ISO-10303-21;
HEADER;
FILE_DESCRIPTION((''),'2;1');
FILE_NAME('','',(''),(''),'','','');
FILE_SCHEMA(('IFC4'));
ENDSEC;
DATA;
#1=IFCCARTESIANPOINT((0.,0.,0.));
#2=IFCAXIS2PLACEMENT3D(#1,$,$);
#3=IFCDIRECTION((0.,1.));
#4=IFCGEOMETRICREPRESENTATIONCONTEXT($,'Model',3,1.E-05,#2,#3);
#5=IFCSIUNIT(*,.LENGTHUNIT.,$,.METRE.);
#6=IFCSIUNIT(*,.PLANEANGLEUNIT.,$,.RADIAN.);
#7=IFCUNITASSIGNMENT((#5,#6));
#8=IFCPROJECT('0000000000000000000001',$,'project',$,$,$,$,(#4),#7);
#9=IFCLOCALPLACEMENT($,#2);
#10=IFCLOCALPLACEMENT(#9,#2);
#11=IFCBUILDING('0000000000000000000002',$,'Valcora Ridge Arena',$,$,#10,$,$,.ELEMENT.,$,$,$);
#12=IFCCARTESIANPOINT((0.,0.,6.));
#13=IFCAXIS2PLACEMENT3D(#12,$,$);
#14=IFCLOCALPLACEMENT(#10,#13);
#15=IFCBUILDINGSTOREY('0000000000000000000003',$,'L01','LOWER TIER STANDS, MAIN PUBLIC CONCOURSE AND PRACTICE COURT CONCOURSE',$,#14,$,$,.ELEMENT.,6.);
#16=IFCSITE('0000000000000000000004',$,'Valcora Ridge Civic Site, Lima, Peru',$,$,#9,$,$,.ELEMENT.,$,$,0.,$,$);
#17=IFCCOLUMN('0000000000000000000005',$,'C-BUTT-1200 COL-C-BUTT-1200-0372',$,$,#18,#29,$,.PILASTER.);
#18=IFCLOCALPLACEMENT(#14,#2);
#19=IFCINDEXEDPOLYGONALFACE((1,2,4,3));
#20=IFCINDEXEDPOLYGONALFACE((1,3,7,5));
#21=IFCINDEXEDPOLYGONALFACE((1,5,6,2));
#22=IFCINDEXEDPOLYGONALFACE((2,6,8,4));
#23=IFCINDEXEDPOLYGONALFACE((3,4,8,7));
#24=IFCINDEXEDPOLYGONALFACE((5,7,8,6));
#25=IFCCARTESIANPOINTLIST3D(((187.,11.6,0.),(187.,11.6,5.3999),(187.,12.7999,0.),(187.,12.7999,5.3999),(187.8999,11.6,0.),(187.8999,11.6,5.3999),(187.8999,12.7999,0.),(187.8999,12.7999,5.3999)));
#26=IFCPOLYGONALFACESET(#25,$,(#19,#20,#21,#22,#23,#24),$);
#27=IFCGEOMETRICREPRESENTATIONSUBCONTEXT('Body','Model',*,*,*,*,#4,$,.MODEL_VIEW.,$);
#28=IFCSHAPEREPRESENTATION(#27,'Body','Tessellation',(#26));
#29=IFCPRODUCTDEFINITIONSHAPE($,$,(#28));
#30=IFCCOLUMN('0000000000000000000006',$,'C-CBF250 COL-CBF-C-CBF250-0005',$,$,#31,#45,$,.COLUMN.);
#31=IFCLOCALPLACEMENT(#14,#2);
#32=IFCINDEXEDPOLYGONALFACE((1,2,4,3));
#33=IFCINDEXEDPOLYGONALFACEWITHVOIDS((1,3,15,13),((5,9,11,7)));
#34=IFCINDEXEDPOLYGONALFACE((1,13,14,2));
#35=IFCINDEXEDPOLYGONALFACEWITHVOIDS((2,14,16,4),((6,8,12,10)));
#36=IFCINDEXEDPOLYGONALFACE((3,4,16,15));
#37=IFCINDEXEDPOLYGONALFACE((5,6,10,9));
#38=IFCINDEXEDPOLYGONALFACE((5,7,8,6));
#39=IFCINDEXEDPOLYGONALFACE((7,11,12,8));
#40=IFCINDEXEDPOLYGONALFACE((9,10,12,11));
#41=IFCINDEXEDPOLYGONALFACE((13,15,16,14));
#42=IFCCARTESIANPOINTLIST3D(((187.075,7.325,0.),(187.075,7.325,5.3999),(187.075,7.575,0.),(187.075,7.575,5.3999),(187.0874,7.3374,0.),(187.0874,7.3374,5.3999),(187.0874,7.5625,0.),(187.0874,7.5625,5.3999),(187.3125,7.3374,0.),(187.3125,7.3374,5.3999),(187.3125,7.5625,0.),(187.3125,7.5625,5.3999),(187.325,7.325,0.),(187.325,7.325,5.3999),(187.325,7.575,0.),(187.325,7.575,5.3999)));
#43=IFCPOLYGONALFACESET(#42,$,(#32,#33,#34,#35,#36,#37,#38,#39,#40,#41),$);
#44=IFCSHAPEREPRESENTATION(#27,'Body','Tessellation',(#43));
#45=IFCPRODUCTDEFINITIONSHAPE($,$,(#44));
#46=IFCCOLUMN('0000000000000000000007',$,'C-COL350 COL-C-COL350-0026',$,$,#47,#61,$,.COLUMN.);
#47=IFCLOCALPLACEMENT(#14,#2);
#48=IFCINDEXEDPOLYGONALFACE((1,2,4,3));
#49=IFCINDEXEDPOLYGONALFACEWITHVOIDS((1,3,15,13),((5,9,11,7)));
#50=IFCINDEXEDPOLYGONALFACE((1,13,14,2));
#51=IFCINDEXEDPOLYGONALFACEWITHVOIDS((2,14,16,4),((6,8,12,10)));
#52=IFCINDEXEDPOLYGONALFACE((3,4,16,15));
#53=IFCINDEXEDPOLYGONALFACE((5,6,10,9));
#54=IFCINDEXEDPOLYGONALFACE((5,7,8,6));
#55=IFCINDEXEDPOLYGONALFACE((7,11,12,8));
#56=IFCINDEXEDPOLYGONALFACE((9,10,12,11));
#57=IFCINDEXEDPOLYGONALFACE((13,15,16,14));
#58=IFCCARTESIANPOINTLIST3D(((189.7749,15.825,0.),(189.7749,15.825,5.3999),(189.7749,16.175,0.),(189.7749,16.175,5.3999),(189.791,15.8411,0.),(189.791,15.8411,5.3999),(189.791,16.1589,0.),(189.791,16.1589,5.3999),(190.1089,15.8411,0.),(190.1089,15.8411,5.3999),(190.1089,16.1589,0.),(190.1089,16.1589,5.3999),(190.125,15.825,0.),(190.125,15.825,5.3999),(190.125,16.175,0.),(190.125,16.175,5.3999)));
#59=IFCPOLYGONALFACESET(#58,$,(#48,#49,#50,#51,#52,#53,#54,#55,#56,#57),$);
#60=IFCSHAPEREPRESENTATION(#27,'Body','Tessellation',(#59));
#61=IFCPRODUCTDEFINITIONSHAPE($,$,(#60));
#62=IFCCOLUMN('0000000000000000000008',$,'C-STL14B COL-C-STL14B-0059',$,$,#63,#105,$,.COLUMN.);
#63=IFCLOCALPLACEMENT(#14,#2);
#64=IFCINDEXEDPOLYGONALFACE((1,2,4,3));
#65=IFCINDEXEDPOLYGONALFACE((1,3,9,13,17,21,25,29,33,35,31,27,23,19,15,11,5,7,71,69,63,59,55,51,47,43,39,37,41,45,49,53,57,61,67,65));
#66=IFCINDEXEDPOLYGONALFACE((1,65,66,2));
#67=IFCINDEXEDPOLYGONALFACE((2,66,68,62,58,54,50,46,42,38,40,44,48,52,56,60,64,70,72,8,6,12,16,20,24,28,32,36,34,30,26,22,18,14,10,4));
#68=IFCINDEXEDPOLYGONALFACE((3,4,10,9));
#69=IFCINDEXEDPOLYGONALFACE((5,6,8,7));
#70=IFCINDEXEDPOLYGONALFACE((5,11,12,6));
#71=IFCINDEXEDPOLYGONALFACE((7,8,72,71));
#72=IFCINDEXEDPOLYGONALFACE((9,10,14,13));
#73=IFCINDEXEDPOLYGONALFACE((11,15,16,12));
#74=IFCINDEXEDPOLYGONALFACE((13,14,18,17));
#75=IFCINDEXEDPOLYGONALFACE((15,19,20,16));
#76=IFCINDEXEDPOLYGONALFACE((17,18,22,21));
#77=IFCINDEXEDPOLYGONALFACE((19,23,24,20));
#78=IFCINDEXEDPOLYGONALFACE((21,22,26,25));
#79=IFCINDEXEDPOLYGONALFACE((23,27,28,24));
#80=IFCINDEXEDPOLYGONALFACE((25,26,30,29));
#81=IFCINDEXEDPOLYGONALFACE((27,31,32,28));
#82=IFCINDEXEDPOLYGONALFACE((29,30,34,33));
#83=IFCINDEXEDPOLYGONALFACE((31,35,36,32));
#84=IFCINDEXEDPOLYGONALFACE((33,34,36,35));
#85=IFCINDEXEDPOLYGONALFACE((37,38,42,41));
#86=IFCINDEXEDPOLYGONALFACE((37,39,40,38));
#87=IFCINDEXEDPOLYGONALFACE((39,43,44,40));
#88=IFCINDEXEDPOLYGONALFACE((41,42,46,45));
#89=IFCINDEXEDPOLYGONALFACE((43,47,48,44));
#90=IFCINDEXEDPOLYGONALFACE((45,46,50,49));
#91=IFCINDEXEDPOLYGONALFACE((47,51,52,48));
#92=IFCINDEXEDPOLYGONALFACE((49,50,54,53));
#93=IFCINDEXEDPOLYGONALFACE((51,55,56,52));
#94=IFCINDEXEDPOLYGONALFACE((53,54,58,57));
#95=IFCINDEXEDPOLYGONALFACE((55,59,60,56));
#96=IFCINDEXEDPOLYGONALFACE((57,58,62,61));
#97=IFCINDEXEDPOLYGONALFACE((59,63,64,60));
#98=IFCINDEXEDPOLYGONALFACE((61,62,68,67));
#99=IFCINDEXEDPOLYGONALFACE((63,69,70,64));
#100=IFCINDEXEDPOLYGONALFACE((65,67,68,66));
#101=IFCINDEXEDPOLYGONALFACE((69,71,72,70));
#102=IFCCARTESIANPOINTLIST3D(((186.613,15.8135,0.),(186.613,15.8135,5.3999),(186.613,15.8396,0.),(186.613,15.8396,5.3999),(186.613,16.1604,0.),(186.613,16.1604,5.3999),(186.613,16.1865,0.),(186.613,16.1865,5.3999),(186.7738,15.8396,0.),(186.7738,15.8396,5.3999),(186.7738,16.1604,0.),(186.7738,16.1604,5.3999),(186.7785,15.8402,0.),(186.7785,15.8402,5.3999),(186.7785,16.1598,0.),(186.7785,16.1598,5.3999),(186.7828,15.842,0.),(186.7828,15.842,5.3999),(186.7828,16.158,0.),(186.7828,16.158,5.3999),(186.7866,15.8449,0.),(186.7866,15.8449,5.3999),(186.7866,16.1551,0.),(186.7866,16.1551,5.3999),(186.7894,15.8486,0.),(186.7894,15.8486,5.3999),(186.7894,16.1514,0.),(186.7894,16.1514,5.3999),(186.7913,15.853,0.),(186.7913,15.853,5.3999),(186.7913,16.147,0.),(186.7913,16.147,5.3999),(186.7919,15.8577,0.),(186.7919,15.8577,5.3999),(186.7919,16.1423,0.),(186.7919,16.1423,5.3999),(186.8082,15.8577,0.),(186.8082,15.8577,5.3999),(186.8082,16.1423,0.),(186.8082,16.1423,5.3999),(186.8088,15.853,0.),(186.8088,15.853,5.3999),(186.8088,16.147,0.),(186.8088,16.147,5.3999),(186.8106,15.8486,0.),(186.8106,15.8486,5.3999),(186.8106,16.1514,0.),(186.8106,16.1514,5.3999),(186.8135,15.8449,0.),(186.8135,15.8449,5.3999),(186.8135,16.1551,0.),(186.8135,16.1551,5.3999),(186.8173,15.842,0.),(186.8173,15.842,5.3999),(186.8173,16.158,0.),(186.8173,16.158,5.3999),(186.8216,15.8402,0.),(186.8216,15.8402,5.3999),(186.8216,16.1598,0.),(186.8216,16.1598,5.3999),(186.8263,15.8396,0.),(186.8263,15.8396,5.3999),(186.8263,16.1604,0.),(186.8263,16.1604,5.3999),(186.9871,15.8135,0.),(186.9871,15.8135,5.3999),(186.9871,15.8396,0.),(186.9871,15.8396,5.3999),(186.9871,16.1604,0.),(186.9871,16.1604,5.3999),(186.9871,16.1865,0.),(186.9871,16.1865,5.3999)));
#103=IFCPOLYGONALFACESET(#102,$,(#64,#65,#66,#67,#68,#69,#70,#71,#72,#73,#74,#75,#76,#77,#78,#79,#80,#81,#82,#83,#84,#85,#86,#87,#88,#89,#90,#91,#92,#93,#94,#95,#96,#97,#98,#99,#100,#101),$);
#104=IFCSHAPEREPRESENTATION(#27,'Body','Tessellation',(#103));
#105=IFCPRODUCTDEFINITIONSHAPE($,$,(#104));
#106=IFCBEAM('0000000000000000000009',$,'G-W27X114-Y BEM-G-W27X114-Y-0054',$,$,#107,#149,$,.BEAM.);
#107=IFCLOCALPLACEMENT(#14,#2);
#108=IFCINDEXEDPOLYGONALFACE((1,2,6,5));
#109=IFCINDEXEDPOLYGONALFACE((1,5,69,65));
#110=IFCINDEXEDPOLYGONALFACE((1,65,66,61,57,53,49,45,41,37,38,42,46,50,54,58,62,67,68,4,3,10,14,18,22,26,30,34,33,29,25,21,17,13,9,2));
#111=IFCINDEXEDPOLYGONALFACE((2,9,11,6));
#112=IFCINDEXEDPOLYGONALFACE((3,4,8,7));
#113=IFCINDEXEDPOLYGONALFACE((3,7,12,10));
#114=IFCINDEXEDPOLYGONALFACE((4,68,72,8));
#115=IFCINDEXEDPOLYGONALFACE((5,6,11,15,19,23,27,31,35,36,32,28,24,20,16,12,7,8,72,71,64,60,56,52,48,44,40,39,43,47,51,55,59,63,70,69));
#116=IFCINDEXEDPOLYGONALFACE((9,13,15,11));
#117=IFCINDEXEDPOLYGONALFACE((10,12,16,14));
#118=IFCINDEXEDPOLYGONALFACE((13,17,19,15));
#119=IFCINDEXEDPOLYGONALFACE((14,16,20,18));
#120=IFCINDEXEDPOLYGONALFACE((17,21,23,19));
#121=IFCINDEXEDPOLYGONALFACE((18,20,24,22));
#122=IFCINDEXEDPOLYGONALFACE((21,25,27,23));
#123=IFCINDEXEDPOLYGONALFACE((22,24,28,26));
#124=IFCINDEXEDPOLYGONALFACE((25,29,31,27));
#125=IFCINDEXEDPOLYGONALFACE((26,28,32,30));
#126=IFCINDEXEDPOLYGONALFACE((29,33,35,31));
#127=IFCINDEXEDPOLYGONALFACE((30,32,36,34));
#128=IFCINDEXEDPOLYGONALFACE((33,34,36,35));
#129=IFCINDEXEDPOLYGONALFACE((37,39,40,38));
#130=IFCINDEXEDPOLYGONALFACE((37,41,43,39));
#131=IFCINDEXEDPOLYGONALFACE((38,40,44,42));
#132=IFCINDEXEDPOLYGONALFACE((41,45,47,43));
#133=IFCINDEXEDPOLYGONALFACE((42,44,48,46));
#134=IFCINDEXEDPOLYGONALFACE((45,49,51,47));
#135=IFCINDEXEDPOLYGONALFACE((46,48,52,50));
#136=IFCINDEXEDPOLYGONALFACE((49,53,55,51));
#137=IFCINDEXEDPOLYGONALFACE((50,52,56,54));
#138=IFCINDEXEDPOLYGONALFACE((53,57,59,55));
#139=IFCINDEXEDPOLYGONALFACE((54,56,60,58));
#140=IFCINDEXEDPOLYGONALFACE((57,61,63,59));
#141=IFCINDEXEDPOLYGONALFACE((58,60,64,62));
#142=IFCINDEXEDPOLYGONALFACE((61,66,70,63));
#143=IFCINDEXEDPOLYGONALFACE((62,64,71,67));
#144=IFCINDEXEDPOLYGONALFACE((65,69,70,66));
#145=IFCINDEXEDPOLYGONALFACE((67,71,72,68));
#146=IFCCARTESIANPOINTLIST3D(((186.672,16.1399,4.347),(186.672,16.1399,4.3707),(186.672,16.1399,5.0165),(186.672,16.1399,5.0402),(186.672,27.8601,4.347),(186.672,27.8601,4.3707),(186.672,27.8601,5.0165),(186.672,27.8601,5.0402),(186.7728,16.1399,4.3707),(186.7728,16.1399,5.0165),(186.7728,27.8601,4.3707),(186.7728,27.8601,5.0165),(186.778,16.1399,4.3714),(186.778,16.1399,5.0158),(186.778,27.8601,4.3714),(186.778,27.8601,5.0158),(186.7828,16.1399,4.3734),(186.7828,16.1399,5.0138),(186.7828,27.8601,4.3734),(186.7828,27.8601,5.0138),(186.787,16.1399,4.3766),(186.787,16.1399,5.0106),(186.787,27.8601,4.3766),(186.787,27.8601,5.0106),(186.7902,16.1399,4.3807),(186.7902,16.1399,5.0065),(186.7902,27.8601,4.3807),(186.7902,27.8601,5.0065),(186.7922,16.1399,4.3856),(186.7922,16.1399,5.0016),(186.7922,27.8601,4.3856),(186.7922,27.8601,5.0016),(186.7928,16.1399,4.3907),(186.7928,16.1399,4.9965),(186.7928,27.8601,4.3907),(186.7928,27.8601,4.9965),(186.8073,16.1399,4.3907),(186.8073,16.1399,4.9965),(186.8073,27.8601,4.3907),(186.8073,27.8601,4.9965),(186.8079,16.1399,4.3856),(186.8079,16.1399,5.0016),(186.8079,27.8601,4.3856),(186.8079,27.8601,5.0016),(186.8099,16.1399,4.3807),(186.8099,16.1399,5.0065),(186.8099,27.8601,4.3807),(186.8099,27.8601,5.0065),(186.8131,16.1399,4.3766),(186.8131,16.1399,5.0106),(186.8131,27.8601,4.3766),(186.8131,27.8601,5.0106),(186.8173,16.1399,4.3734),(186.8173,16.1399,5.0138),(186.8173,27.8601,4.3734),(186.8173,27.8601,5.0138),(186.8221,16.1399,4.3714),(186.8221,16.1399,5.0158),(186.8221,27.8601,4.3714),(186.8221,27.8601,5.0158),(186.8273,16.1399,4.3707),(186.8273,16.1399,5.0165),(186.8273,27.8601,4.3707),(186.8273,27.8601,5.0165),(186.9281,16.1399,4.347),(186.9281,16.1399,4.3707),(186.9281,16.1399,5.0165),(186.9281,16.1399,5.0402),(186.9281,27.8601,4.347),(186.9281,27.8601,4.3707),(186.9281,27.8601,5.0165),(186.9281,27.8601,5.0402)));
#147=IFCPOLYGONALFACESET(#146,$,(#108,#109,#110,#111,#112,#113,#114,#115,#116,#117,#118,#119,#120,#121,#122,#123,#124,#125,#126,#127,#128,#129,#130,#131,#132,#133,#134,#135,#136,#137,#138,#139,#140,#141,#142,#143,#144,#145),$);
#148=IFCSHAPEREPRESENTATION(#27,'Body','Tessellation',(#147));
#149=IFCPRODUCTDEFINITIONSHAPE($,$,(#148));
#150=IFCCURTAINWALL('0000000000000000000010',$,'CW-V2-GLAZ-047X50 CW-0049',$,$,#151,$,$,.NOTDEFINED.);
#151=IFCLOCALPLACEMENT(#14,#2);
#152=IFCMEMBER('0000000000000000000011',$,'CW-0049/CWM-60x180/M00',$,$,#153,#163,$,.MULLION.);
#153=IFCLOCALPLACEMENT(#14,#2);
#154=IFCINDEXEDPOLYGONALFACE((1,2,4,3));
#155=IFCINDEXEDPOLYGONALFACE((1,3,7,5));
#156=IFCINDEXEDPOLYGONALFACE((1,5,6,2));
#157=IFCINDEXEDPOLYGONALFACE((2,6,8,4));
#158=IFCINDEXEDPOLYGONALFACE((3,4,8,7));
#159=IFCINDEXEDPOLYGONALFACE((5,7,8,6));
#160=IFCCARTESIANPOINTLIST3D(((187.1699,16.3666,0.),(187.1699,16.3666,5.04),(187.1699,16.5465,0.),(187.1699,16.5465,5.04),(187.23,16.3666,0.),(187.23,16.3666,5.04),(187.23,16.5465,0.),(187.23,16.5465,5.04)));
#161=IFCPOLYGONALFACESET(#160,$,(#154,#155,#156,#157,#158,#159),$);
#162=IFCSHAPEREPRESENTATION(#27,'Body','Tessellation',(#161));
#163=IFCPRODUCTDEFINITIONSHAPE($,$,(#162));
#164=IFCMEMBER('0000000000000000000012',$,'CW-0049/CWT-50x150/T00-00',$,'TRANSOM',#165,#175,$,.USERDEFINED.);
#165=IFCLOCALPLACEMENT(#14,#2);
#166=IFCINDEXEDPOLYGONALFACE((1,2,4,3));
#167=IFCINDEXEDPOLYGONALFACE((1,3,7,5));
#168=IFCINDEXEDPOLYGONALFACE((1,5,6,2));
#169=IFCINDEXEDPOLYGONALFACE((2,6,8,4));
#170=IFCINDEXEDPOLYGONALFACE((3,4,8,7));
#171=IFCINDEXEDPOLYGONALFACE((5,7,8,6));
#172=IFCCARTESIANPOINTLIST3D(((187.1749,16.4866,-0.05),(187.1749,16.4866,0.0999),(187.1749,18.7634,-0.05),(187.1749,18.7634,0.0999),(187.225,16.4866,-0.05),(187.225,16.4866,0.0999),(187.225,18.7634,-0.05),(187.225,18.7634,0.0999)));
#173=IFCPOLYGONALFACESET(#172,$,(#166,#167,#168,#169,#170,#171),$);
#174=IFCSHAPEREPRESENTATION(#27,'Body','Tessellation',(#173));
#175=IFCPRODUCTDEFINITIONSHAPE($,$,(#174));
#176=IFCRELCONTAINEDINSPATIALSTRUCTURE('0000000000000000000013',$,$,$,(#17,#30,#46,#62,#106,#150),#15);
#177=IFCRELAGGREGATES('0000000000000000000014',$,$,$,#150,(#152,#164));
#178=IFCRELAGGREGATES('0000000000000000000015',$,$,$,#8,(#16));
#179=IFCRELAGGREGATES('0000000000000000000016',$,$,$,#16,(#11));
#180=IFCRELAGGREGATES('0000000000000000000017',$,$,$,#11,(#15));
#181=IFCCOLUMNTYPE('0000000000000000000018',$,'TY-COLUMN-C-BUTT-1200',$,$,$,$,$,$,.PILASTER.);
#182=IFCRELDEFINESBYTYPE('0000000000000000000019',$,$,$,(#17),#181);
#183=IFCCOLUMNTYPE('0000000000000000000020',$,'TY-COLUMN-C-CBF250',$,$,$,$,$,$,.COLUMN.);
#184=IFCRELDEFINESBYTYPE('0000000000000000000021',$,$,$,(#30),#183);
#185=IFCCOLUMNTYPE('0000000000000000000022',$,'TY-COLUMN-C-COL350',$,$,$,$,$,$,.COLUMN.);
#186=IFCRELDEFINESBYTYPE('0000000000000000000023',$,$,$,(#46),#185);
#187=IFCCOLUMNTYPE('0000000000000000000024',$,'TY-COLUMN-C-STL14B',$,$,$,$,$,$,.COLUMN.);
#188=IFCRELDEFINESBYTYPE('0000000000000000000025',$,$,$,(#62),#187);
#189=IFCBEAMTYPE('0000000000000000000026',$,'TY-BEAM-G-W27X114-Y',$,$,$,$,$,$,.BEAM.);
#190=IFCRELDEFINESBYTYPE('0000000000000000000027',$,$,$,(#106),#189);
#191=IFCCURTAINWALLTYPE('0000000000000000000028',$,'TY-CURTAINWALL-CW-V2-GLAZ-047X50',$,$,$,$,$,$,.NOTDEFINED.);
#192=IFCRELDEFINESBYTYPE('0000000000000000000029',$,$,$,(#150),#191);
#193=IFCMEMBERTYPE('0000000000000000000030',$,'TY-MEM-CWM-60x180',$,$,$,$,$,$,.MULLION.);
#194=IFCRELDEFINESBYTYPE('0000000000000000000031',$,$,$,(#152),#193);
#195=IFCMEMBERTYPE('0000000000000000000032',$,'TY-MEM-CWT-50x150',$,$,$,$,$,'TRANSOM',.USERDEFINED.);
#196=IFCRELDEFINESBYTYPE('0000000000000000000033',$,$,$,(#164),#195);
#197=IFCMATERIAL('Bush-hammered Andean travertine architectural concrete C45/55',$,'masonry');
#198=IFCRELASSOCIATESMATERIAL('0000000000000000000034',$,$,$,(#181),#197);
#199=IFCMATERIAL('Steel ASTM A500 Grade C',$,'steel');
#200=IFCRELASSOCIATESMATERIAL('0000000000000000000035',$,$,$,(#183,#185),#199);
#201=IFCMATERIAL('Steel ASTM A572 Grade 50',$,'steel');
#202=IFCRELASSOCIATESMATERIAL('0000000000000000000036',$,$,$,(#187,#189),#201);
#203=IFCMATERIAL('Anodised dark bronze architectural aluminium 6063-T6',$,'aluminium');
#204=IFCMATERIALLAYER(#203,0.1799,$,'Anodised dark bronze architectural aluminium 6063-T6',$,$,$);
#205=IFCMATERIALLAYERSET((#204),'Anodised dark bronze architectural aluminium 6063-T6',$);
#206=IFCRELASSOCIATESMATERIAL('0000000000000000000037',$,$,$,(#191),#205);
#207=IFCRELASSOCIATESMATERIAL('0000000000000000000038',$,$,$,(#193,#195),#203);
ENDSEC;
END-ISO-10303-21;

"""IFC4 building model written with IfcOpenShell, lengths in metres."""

from ifc_helpers import new_model, si_unit, direction, frame, origin, origin_2d, place, context, subcontext, project, spatial, rectangle, hollow_rectangle, i_section, extrude, material, layer, layer_set, material_profile, profile_set, type_object, element, aggregate, save


model = new_model("IFC4")

# Units and contexts
model_context = context("Model", 3, precision=1e-05, world=origin(), true_north=direction((0.0, 1.0)))
body_context = subcontext(model_context, "Body", "Model", "MODEL_VIEW")
ifc_project = project(units=[si_unit("LENGTHUNIT", "METRE"), si_unit("PLANEANGLEUNIT", "RADIAN")], contexts=[model_context])

# Site, building, storey
site_placement = place(None, origin())
site = spatial("IfcSite", under=ifc_project, at=site_placement, Name="Valcora Ridge Civic Site, Lima, Peru", CompositionType="ELEMENT", RefElevation=0.0)
building_placement = place(site_placement, origin())
building = spatial("IfcBuilding", under=site, at=building_placement, Name="Valcora Ridge Arena", CompositionType="ELEMENT")
storey_placement = place(building_placement, frame((0.0, 0.0, 6.0)))
storey = spatial("IfcBuildingStorey", under=building, at=storey_placement, Name="L01", Description="LOWER TIER STANDS, MAIN PUBLIC CONCOURSE AND PRACTICE COURT CONCOURSE", CompositionType="ELEMENT", Elevation=6.0)

# Columns
ifc_material_1 = material(Name="Bush-hammered Andean travertine architectural concrete C45/55", Category="masonry")
ifc_material_profile_1 = material_profile(ifc_material_1, rectangle(XDim=0.8999, YDim=1.2, at=origin_2d()), Name="RC 900x1200")
ifc_profile_set_1 = profile_set([ifc_material_profile_1], Name="Bush-hammered Andean travertine architectural concrete C45/55")
column_type_1 = type_object("IfcColumnType", Name="TY-COLUMN-C-BUTT-1200", PredefinedType="PILASTER", material=ifc_profile_set_1)
column_1_placement = place(storey_placement, frame((187.45, 12.2, 0.0), z_axis=(0.0, 0.0, 1.0), x_axis=(1.0, 0.0, 0.0)))
element("IfcColumn", 1, at=column_1_placement, inside=storey, type_object=column_type_1, Name="C-BUTT-1200 COL-C-BUTT-1200-0372", PredefinedType="PILASTER", context=body_context, shape_type="SweptSolid", body=[
    extrude(rectangle(XDim=0.8999, YDim=1.2, at=origin_2d()), origin(), (0.0, 0.0, 1.0), 5.3999),
])
ifc_material_2 = material(Name="Steel ASTM A500 Grade C", Category="steel")
ifc_material_profile_2 = material_profile(ifc_material_2, hollow_rectangle(XDim=0.25, YDim=0.25, WallThickness=0.0125, at=origin_2d()), Name="HSS250X250X12")
ifc_profile_set_2 = profile_set([ifc_material_profile_2], Name="Steel ASTM A500 Grade C")
column_type_2 = type_object("IfcColumnType", Name="TY-COLUMN-C-CBF250", PredefinedType="COLUMN", material=ifc_profile_set_2)
column_2_placement = place(storey_placement, frame((187.2, 7.45, 0.0), z_axis=(0.0, 0.0, 1.0), x_axis=(1.0, 0.0, 0.0)))
element("IfcColumn", 2, at=column_2_placement, inside=storey, type_object=column_type_2, Name="C-CBF250 COL-CBF-C-CBF250-0005", PredefinedType="COLUMN", context=body_context, shape_type="SweptSolid", body=[
    extrude(hollow_rectangle(XDim=0.25, YDim=0.25, WallThickness=0.0125, at=origin_2d()), origin(), (0.0, 0.0, 1.0), 5.3999),
])
ifc_material_profile_3 = material_profile(ifc_material_2, hollow_rectangle(XDim=0.3501, YDim=0.3501, WallThickness=0.0161, at=origin_2d()), Name="HSS350X350X16")
ifc_profile_set_3 = profile_set([ifc_material_profile_3], Name="Steel ASTM A500 Grade C")
column_type_3 = type_object("IfcColumnType", Name="TY-COLUMN-C-COL350", PredefinedType="COLUMN", material=ifc_profile_set_3)
column_3_placement = place(storey_placement, frame((189.95, 16.0, 0.0), z_axis=(0.0, 0.0, 1.0), x_axis=(1.0, 0.0, 0.0)))
element("IfcColumn", 3, at=column_3_placement, inside=storey, type_object=column_type_3, Name="C-COL350 COL-C-COL350-0026", PredefinedType="COLUMN", context=body_context, shape_type="SweptSolid", body=[
    extrude(hollow_rectangle(XDim=0.3501, YDim=0.3501, WallThickness=0.0161, at=origin_2d()), origin(), (0.0, 0.0, 1.0), 5.3999),
])
ifc_material_3 = material(Name="Steel ASTM A572 Grade 50", Category="steel")
ifc_material_profile_4 = material_profile(ifc_material_3, i_section(OverallWidth=0.374, OverallDepth=0.373, WebThickness=0.0164, FlangeThickness=0.0261, FilletRadius=0.0181, at=origin_2d()), Name="W14X132")
ifc_profile_set_4 = profile_set([ifc_material_profile_4], Name="Steel ASTM A572 Grade 50")
column_type_4 = type_object("IfcColumnType", Name="TY-COLUMN-C-STL14B", PredefinedType="COLUMN", material=ifc_profile_set_4)
column_4_placement = place(storey_placement, frame((186.8, 16.0, 0.0), z_axis=(0.0, 0.0, 1.0), x_axis=(1.0, 0.0, 0.0)))
element("IfcColumn", 4, at=column_4_placement, inside=storey, type_object=column_type_4, Name="C-STL14B COL-C-STL14B-0059", PredefinedType="COLUMN", context=body_context, shape_type="SweptSolid", body=[
    extrude(i_section(OverallWidth=0.374, OverallDepth=0.373, WebThickness=0.0164, FlangeThickness=0.0261, FilletRadius=0.0181, at=origin_2d()), origin(), (0.0, 0.0, 1.0), 5.3999),
])

# Beam
ifc_material_profile_5 = material_profile(ifc_material_3, i_section(OverallWidth=0.2561, OverallDepth=0.6931, WebThickness=0.0144, FlangeThickness=0.0237, FilletRadius=0.02, at=origin_2d()), Name="W27X114")
ifc_profile_set_5 = profile_set([ifc_material_profile_5], Name="Steel ASTM A572 Grade 50")
beam_type = type_object("IfcBeamType", Name="TY-BEAM-G-W27X114-Y", PredefinedType="BEAM", material=ifc_profile_set_5)
beam_placement = place(storey_placement, frame((186.8, 16.1399, 4.6936), z_axis=(0.0, 1.0, 0.0), x_axis=(-1.0, 0.0, 0.0)))
element("IfcBeam", 5, at=beam_placement, inside=storey, type_object=beam_type, Name="G-W27X114-Y BEM-G-W27X114-Y-0054", PredefinedType="BEAM", context=body_context, shape_type="SweptSolid", body=[
    extrude(i_section(OverallWidth=0.2561, OverallDepth=0.6931, WebThickness=0.0144, FlangeThickness=0.0237, FilletRadius=0.02, at=origin_2d()), origin(), (0.0, 0.0, 1.0), 11.7202),
])

# Curtain wall, members
ifc_material_4 = material(Name="Anodised dark bronze architectural aluminium 6063-T6", Category="aluminium")
ifc_layer_1 = layer(ifc_material_4, 0.1799, Name="Anodised dark bronze architectural aluminium 6063-T6")
ifc_layer_set_1 = layer_set([ifc_layer_1], Name="Anodised dark bronze architectural aluminium 6063-T6")
curtain_wall_type = type_object("IfcCurtainWallType", Name="TY-CURTAINWALL-CW-V2-GLAZ-047X50", PredefinedType="NOTDEFINED", material=ifc_layer_set_1)
curtain_wall_placement = place(storey_placement, origin())
curtain_wall = element("IfcCurtainWall", 6, at=curtain_wall_placement, inside=storey, type_object=curtain_wall_type, Name="CW-V2-GLAZ-047X50 CW-0049", PredefinedType="NOTDEFINED")
ifc_material_profile_6 = material_profile(ifc_material_4, rectangle(XDim=0.0601, YDim=0.1799, at=origin_2d()), Name="ALU MULLION 60x180")
ifc_profile_set_6 = profile_set([ifc_material_profile_6], Name="Anodised dark bronze architectural aluminium 6063-T6")
member_type_1 = type_object("IfcMemberType", Name="TY-MEM-CWM-60x180", PredefinedType="MULLION", material=ifc_profile_set_6)
member_1_placement = place(storey_placement, frame((187.2, 16.4565, 0.0), z_axis=(0.0, 0.0, 1.0), x_axis=(-1.0, 0.0, 0.0)))
member_1 = element("IfcMember", 7, at=member_1_placement, type_object=member_type_1, Name="CW-0049/CWM-60x180/M00", PredefinedType="MULLION", context=body_context, shape_type="SweptSolid", body=[
    extrude(rectangle(XDim=0.0601, YDim=0.1799, at=origin_2d()), origin(), (0.0, 0.0, 1.0), 5.04),
])
ifc_material_profile_7 = material_profile(ifc_material_4, rectangle(XDim=0.05, YDim=0.1499, at=origin_2d()), Name="ALU TRANSOM 50x150")
ifc_profile_set_7 = profile_set([ifc_material_profile_7], Name="Anodised dark bronze architectural aluminium 6063-T6")
member_type_2 = type_object("IfcMemberType", Name="TY-MEM-CWT-50x150", ElementType="TRANSOM", PredefinedType="USERDEFINED", material=ifc_profile_set_7)
member_2_placement = place(storey_placement, frame((187.2, 16.4866, 0.0249), z_axis=(0.0, 1.0, 0.0), x_axis=(-1.0, 0.0, 0.0)))
member_2 = element("IfcMember", 8, at=member_2_placement, type_object=member_type_2, Name="CW-0049/CWT-50x150/T00-00", ObjectType="TRANSOM", PredefinedType="USERDEFINED", context=body_context, shape_type="SweptSolid", body=[
    extrude(rectangle(XDim=0.05, YDim=0.1499, at=origin_2d()), origin(), (0.0, 0.0, 1.0), 2.2769),
])
aggregate(curtain_wall, [member_1, member_2])

save(model, "model.ifc")
